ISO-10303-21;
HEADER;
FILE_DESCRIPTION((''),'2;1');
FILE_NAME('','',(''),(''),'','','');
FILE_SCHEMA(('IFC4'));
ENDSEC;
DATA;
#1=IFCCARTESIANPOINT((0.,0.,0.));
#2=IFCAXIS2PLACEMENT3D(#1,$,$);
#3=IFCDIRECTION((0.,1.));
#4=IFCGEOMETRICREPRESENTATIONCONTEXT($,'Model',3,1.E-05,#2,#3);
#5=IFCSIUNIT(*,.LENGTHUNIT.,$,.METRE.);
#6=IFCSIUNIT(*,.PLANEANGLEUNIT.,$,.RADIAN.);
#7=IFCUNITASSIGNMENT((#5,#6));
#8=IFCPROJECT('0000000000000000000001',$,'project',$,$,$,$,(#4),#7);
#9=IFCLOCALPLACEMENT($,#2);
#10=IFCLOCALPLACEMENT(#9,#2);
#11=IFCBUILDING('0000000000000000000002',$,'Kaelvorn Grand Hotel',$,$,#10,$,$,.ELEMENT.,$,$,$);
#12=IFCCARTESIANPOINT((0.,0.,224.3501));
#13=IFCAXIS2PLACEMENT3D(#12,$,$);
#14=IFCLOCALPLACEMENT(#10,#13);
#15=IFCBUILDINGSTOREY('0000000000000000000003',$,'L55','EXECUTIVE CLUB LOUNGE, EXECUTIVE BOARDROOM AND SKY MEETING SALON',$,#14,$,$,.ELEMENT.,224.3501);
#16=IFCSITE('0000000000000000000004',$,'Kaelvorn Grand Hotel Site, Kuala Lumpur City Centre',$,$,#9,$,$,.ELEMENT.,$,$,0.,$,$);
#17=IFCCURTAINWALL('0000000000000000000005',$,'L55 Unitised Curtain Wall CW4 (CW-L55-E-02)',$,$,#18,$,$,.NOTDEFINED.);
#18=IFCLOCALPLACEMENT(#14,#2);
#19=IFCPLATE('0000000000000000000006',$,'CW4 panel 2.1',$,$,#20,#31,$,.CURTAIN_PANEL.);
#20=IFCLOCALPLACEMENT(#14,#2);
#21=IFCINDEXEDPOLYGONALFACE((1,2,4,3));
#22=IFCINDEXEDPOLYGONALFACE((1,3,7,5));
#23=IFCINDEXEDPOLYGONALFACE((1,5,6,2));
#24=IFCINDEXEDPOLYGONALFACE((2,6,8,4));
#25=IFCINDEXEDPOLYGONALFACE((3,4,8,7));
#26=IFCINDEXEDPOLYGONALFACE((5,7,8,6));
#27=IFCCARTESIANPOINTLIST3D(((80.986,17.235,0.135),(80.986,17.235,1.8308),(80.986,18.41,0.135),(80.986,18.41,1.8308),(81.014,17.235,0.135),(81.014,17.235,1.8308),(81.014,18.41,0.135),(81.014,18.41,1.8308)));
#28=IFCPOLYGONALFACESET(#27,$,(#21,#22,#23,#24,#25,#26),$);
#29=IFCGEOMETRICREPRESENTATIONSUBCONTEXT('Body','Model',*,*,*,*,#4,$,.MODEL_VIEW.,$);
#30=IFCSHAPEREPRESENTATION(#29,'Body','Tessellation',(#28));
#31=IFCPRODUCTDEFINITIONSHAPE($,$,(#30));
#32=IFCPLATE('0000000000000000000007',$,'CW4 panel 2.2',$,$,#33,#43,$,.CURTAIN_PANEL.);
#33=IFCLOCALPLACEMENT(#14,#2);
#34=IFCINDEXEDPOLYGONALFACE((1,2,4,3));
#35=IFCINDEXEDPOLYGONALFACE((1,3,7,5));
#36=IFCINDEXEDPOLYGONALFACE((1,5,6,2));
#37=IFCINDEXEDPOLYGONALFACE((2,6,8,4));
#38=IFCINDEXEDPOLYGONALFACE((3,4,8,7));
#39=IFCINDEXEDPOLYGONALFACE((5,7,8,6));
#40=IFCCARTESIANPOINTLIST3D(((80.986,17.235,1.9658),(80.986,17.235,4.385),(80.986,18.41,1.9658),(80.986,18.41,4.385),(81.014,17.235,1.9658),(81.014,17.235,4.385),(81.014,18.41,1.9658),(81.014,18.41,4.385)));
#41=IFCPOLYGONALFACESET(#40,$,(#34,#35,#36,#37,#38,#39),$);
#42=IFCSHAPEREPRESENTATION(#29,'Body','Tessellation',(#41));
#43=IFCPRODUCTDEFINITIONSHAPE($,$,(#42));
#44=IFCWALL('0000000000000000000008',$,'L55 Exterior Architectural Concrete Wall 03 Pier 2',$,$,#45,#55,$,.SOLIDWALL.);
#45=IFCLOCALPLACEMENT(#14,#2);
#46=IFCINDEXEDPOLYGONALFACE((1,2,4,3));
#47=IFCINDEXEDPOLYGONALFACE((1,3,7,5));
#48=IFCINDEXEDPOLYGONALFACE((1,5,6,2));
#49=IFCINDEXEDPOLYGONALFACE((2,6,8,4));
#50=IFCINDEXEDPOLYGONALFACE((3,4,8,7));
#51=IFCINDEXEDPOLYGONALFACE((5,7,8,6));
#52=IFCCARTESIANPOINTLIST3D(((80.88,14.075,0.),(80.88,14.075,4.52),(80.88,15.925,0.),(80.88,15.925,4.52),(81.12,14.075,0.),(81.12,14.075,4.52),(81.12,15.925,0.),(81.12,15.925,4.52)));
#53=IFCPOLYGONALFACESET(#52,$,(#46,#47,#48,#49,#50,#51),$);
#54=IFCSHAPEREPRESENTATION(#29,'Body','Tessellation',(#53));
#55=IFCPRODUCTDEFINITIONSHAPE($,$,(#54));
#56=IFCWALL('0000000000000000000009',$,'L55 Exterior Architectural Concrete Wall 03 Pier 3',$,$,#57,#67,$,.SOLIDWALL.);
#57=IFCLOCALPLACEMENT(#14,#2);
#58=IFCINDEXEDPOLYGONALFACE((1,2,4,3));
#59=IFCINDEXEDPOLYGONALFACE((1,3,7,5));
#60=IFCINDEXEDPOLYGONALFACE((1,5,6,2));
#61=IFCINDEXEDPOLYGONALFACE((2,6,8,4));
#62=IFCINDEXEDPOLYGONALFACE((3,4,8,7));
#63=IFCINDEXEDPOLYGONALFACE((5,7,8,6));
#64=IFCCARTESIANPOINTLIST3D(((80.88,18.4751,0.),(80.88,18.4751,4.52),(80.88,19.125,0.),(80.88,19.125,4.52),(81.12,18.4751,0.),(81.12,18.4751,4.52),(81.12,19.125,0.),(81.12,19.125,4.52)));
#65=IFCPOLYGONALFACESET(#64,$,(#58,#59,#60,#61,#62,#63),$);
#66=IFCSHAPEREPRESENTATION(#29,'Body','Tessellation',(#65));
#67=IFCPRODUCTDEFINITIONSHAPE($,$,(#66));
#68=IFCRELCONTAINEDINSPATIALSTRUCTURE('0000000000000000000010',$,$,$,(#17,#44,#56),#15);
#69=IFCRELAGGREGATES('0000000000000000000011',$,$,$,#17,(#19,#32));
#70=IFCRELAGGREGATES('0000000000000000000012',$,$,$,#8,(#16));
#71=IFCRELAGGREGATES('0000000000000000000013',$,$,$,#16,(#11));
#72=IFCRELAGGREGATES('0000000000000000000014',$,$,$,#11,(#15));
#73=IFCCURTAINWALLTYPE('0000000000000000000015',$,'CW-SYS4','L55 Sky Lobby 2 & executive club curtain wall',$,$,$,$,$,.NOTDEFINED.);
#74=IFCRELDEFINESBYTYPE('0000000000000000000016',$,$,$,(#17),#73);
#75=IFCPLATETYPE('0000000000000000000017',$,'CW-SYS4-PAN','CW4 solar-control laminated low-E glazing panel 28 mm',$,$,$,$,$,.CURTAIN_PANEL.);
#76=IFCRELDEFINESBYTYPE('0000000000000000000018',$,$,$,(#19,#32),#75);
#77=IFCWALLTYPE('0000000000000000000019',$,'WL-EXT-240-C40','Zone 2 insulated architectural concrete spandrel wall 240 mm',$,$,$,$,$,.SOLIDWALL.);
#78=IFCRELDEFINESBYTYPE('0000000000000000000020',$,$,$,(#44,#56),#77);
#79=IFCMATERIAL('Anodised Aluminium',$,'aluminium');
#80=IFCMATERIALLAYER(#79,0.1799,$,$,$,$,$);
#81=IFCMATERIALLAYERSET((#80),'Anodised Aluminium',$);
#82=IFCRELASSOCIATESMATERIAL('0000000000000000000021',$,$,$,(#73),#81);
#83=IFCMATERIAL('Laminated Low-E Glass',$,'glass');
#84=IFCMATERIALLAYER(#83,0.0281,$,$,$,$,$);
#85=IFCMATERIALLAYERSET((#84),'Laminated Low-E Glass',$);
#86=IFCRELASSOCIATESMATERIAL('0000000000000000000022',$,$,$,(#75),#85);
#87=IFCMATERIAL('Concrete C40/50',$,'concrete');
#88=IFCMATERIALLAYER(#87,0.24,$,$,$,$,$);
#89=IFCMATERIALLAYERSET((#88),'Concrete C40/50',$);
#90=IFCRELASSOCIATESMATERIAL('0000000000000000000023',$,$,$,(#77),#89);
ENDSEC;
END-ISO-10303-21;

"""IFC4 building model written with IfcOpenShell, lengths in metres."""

from ifc_helpers import new_model, si_unit, direction, frame, frame_2d, origin, origin_2d, place, context, subcontext, project, spatial, rectangle, extrude, material, layer, layer_set, type_object, element, aggregate, save


model = new_model("IFC4")

# Units and contexts
model_context = context("Model", 3, precision=1e-05, world=origin(), true_north=direction((0.0, 1.0)))
body_context = subcontext(model_context, "Body", "Model", "MODEL_VIEW")
ifc_project = project(units=[si_unit("LENGTHUNIT", "METRE"), si_unit("PLANEANGLEUNIT", "RADIAN")], contexts=[model_context])

# Site, building, storey
site_placement = place(None, origin())
site = spatial("IfcSite", under=ifc_project, at=site_placement, Name="Kaelvorn Grand Hotel Site, Kuala Lumpur City Centre", CompositionType="ELEMENT", RefElevation=0.0)
building_placement = place(site_placement, origin())
building = spatial("IfcBuilding", under=site, at=building_placement, Name="Kaelvorn Grand Hotel", CompositionType="ELEMENT")
storey_placement = place(building_placement, frame((0.0, 0.0, 224.3501)))
storey = spatial("IfcBuildingStorey", under=building, at=storey_placement, Name="L55", Description="EXECUTIVE CLUB LOUNGE, EXECUTIVE BOARDROOM AND SKY MEETING SALON", CompositionType="ELEMENT", Elevation=224.3501)

# Shared definitions
ifc_material_1 = material(Name="Anodised Aluminium", Category="aluminium")
ifc_layer_1 = layer(ifc_material_1, 0.1799)
ifc_layer_set_1 = layer_set([ifc_layer_1], Name="Anodised Aluminium")
curtain_wall_type = type_object("IfcCurtainWallType", Name="CW-SYS4", Description="L55 Sky Lobby 2 & executive club curtain wall", PredefinedType="NOTDEFINED", material=ifc_layer_set_1)

# Curtain wall
curtain_wall_1_placement = place(storey_placement, origin())
curtain_wall_1 = element("IfcCurtainWall", 1, at=curtain_wall_1_placement, inside=storey, type_object=curtain_wall_type, Name="L55 Unitised Curtain Wall CW4 (CW-L55-E-02)", PredefinedType="NOTDEFINED")

# Plates
ifc_material_2 = material(Name="Laminated Low-E Glass", Category="glass")
ifc_layer_2 = layer(ifc_material_2, 0.0281)
ifc_layer_set_2 = layer_set([ifc_layer_2], Name="Laminated Low-E Glass")
plate_type = type_object("IfcPlateType", Name="CW-SYS4-PAN", Description="CW4 solar-control laminated low-E glazing panel 28 mm", PredefinedType="CURTAIN_PANEL", material=ifc_layer_set_2)
plate_1_placement = place(storey_placement, frame((81.0, 17.8225, 0.135), z_axis=(0.0, 0.0, 1.0), x_axis=(0.0, 1.0, 0.0)))
plate_1 = element("IfcPlate", 2, at=plate_1_placement, type_object=plate_type, Name="CW4 panel 2.1", PredefinedType="CURTAIN_PANEL", context=body_context, shape_type="SweptSolid", body=[
    extrude(rectangle(XDim=1.175, YDim=0.0281, at=origin_2d()), origin(), (0.0, 0.0, 1.0), 1.6958),
])
plate_2_placement = place(storey_placement, frame((81.0, 17.8225, 1.9658), z_axis=(0.0, 0.0, 1.0), x_axis=(0.0, 1.0, 0.0)))
plate_2 = element("IfcPlate", 3, at=plate_2_placement, type_object=plate_type, Name="CW4 panel 2.2", PredefinedType="CURTAIN_PANEL", context=body_context, shape_type="SweptSolid", body=[
    extrude(rectangle(XDim=1.175, YDim=0.0281, at=origin_2d()), origin(), (0.0, 0.0, 1.0), 2.4192),
])
aggregate(curtain_wall_1, [plate_1, plate_2])

# Walls
ifc_material_3 = material(Name="Concrete C40/50", Category="concrete")
ifc_layer_3 = layer(ifc_material_3, 0.24)
ifc_layer_set_3 = layer_set([ifc_layer_3], Name="Concrete C40/50")
wall_type = type_object("IfcWallType", Name="WL-EXT-240-C40", Description="Zone 2 insulated architectural concrete spandrel wall 240 mm", PredefinedType="SOLIDWALL", material=ifc_layer_set_3)
wall_1_placement = place(storey_placement, frame((81.0, 14.075, 0.0), z_axis=(0.0, 0.0, 1.0), x_axis=(0.0, 1.0, 0.0)))
element("IfcWall", 4, at=wall_1_placement, inside=storey, type_object=wall_type, Name="L55 Exterior Architectural Concrete Wall 03 Pier 2", PredefinedType="SOLIDWALL", context=body_context, shape_type="SweptSolid", body=[
    extrude(rectangle(XDim=1.8501, YDim=0.24, at=frame_2d((0.925, 0.0))), origin(), (0.0, 0.0, 1.0), 4.52),
])
wall_2_placement = place(storey_placement, frame((81.0, 18.4751, 0.0), z_axis=(0.0, 0.0, 1.0), x_axis=(0.0, 1.0, 0.0)))
element("IfcWall", 5, at=wall_2_placement, inside=storey, type_object=wall_type, Name="L55 Exterior Architectural Concrete Wall 03 Pier 3", PredefinedType="SOLIDWALL", context=body_context, shape_type="SweptSolid", body=[
    extrude(rectangle(XDim=0.6499, YDim=0.24, at=frame_2d((0.325, 0.0))), origin(), (0.0, 0.0, 1.0), 4.52),
])

save(model, "model.ifc")
